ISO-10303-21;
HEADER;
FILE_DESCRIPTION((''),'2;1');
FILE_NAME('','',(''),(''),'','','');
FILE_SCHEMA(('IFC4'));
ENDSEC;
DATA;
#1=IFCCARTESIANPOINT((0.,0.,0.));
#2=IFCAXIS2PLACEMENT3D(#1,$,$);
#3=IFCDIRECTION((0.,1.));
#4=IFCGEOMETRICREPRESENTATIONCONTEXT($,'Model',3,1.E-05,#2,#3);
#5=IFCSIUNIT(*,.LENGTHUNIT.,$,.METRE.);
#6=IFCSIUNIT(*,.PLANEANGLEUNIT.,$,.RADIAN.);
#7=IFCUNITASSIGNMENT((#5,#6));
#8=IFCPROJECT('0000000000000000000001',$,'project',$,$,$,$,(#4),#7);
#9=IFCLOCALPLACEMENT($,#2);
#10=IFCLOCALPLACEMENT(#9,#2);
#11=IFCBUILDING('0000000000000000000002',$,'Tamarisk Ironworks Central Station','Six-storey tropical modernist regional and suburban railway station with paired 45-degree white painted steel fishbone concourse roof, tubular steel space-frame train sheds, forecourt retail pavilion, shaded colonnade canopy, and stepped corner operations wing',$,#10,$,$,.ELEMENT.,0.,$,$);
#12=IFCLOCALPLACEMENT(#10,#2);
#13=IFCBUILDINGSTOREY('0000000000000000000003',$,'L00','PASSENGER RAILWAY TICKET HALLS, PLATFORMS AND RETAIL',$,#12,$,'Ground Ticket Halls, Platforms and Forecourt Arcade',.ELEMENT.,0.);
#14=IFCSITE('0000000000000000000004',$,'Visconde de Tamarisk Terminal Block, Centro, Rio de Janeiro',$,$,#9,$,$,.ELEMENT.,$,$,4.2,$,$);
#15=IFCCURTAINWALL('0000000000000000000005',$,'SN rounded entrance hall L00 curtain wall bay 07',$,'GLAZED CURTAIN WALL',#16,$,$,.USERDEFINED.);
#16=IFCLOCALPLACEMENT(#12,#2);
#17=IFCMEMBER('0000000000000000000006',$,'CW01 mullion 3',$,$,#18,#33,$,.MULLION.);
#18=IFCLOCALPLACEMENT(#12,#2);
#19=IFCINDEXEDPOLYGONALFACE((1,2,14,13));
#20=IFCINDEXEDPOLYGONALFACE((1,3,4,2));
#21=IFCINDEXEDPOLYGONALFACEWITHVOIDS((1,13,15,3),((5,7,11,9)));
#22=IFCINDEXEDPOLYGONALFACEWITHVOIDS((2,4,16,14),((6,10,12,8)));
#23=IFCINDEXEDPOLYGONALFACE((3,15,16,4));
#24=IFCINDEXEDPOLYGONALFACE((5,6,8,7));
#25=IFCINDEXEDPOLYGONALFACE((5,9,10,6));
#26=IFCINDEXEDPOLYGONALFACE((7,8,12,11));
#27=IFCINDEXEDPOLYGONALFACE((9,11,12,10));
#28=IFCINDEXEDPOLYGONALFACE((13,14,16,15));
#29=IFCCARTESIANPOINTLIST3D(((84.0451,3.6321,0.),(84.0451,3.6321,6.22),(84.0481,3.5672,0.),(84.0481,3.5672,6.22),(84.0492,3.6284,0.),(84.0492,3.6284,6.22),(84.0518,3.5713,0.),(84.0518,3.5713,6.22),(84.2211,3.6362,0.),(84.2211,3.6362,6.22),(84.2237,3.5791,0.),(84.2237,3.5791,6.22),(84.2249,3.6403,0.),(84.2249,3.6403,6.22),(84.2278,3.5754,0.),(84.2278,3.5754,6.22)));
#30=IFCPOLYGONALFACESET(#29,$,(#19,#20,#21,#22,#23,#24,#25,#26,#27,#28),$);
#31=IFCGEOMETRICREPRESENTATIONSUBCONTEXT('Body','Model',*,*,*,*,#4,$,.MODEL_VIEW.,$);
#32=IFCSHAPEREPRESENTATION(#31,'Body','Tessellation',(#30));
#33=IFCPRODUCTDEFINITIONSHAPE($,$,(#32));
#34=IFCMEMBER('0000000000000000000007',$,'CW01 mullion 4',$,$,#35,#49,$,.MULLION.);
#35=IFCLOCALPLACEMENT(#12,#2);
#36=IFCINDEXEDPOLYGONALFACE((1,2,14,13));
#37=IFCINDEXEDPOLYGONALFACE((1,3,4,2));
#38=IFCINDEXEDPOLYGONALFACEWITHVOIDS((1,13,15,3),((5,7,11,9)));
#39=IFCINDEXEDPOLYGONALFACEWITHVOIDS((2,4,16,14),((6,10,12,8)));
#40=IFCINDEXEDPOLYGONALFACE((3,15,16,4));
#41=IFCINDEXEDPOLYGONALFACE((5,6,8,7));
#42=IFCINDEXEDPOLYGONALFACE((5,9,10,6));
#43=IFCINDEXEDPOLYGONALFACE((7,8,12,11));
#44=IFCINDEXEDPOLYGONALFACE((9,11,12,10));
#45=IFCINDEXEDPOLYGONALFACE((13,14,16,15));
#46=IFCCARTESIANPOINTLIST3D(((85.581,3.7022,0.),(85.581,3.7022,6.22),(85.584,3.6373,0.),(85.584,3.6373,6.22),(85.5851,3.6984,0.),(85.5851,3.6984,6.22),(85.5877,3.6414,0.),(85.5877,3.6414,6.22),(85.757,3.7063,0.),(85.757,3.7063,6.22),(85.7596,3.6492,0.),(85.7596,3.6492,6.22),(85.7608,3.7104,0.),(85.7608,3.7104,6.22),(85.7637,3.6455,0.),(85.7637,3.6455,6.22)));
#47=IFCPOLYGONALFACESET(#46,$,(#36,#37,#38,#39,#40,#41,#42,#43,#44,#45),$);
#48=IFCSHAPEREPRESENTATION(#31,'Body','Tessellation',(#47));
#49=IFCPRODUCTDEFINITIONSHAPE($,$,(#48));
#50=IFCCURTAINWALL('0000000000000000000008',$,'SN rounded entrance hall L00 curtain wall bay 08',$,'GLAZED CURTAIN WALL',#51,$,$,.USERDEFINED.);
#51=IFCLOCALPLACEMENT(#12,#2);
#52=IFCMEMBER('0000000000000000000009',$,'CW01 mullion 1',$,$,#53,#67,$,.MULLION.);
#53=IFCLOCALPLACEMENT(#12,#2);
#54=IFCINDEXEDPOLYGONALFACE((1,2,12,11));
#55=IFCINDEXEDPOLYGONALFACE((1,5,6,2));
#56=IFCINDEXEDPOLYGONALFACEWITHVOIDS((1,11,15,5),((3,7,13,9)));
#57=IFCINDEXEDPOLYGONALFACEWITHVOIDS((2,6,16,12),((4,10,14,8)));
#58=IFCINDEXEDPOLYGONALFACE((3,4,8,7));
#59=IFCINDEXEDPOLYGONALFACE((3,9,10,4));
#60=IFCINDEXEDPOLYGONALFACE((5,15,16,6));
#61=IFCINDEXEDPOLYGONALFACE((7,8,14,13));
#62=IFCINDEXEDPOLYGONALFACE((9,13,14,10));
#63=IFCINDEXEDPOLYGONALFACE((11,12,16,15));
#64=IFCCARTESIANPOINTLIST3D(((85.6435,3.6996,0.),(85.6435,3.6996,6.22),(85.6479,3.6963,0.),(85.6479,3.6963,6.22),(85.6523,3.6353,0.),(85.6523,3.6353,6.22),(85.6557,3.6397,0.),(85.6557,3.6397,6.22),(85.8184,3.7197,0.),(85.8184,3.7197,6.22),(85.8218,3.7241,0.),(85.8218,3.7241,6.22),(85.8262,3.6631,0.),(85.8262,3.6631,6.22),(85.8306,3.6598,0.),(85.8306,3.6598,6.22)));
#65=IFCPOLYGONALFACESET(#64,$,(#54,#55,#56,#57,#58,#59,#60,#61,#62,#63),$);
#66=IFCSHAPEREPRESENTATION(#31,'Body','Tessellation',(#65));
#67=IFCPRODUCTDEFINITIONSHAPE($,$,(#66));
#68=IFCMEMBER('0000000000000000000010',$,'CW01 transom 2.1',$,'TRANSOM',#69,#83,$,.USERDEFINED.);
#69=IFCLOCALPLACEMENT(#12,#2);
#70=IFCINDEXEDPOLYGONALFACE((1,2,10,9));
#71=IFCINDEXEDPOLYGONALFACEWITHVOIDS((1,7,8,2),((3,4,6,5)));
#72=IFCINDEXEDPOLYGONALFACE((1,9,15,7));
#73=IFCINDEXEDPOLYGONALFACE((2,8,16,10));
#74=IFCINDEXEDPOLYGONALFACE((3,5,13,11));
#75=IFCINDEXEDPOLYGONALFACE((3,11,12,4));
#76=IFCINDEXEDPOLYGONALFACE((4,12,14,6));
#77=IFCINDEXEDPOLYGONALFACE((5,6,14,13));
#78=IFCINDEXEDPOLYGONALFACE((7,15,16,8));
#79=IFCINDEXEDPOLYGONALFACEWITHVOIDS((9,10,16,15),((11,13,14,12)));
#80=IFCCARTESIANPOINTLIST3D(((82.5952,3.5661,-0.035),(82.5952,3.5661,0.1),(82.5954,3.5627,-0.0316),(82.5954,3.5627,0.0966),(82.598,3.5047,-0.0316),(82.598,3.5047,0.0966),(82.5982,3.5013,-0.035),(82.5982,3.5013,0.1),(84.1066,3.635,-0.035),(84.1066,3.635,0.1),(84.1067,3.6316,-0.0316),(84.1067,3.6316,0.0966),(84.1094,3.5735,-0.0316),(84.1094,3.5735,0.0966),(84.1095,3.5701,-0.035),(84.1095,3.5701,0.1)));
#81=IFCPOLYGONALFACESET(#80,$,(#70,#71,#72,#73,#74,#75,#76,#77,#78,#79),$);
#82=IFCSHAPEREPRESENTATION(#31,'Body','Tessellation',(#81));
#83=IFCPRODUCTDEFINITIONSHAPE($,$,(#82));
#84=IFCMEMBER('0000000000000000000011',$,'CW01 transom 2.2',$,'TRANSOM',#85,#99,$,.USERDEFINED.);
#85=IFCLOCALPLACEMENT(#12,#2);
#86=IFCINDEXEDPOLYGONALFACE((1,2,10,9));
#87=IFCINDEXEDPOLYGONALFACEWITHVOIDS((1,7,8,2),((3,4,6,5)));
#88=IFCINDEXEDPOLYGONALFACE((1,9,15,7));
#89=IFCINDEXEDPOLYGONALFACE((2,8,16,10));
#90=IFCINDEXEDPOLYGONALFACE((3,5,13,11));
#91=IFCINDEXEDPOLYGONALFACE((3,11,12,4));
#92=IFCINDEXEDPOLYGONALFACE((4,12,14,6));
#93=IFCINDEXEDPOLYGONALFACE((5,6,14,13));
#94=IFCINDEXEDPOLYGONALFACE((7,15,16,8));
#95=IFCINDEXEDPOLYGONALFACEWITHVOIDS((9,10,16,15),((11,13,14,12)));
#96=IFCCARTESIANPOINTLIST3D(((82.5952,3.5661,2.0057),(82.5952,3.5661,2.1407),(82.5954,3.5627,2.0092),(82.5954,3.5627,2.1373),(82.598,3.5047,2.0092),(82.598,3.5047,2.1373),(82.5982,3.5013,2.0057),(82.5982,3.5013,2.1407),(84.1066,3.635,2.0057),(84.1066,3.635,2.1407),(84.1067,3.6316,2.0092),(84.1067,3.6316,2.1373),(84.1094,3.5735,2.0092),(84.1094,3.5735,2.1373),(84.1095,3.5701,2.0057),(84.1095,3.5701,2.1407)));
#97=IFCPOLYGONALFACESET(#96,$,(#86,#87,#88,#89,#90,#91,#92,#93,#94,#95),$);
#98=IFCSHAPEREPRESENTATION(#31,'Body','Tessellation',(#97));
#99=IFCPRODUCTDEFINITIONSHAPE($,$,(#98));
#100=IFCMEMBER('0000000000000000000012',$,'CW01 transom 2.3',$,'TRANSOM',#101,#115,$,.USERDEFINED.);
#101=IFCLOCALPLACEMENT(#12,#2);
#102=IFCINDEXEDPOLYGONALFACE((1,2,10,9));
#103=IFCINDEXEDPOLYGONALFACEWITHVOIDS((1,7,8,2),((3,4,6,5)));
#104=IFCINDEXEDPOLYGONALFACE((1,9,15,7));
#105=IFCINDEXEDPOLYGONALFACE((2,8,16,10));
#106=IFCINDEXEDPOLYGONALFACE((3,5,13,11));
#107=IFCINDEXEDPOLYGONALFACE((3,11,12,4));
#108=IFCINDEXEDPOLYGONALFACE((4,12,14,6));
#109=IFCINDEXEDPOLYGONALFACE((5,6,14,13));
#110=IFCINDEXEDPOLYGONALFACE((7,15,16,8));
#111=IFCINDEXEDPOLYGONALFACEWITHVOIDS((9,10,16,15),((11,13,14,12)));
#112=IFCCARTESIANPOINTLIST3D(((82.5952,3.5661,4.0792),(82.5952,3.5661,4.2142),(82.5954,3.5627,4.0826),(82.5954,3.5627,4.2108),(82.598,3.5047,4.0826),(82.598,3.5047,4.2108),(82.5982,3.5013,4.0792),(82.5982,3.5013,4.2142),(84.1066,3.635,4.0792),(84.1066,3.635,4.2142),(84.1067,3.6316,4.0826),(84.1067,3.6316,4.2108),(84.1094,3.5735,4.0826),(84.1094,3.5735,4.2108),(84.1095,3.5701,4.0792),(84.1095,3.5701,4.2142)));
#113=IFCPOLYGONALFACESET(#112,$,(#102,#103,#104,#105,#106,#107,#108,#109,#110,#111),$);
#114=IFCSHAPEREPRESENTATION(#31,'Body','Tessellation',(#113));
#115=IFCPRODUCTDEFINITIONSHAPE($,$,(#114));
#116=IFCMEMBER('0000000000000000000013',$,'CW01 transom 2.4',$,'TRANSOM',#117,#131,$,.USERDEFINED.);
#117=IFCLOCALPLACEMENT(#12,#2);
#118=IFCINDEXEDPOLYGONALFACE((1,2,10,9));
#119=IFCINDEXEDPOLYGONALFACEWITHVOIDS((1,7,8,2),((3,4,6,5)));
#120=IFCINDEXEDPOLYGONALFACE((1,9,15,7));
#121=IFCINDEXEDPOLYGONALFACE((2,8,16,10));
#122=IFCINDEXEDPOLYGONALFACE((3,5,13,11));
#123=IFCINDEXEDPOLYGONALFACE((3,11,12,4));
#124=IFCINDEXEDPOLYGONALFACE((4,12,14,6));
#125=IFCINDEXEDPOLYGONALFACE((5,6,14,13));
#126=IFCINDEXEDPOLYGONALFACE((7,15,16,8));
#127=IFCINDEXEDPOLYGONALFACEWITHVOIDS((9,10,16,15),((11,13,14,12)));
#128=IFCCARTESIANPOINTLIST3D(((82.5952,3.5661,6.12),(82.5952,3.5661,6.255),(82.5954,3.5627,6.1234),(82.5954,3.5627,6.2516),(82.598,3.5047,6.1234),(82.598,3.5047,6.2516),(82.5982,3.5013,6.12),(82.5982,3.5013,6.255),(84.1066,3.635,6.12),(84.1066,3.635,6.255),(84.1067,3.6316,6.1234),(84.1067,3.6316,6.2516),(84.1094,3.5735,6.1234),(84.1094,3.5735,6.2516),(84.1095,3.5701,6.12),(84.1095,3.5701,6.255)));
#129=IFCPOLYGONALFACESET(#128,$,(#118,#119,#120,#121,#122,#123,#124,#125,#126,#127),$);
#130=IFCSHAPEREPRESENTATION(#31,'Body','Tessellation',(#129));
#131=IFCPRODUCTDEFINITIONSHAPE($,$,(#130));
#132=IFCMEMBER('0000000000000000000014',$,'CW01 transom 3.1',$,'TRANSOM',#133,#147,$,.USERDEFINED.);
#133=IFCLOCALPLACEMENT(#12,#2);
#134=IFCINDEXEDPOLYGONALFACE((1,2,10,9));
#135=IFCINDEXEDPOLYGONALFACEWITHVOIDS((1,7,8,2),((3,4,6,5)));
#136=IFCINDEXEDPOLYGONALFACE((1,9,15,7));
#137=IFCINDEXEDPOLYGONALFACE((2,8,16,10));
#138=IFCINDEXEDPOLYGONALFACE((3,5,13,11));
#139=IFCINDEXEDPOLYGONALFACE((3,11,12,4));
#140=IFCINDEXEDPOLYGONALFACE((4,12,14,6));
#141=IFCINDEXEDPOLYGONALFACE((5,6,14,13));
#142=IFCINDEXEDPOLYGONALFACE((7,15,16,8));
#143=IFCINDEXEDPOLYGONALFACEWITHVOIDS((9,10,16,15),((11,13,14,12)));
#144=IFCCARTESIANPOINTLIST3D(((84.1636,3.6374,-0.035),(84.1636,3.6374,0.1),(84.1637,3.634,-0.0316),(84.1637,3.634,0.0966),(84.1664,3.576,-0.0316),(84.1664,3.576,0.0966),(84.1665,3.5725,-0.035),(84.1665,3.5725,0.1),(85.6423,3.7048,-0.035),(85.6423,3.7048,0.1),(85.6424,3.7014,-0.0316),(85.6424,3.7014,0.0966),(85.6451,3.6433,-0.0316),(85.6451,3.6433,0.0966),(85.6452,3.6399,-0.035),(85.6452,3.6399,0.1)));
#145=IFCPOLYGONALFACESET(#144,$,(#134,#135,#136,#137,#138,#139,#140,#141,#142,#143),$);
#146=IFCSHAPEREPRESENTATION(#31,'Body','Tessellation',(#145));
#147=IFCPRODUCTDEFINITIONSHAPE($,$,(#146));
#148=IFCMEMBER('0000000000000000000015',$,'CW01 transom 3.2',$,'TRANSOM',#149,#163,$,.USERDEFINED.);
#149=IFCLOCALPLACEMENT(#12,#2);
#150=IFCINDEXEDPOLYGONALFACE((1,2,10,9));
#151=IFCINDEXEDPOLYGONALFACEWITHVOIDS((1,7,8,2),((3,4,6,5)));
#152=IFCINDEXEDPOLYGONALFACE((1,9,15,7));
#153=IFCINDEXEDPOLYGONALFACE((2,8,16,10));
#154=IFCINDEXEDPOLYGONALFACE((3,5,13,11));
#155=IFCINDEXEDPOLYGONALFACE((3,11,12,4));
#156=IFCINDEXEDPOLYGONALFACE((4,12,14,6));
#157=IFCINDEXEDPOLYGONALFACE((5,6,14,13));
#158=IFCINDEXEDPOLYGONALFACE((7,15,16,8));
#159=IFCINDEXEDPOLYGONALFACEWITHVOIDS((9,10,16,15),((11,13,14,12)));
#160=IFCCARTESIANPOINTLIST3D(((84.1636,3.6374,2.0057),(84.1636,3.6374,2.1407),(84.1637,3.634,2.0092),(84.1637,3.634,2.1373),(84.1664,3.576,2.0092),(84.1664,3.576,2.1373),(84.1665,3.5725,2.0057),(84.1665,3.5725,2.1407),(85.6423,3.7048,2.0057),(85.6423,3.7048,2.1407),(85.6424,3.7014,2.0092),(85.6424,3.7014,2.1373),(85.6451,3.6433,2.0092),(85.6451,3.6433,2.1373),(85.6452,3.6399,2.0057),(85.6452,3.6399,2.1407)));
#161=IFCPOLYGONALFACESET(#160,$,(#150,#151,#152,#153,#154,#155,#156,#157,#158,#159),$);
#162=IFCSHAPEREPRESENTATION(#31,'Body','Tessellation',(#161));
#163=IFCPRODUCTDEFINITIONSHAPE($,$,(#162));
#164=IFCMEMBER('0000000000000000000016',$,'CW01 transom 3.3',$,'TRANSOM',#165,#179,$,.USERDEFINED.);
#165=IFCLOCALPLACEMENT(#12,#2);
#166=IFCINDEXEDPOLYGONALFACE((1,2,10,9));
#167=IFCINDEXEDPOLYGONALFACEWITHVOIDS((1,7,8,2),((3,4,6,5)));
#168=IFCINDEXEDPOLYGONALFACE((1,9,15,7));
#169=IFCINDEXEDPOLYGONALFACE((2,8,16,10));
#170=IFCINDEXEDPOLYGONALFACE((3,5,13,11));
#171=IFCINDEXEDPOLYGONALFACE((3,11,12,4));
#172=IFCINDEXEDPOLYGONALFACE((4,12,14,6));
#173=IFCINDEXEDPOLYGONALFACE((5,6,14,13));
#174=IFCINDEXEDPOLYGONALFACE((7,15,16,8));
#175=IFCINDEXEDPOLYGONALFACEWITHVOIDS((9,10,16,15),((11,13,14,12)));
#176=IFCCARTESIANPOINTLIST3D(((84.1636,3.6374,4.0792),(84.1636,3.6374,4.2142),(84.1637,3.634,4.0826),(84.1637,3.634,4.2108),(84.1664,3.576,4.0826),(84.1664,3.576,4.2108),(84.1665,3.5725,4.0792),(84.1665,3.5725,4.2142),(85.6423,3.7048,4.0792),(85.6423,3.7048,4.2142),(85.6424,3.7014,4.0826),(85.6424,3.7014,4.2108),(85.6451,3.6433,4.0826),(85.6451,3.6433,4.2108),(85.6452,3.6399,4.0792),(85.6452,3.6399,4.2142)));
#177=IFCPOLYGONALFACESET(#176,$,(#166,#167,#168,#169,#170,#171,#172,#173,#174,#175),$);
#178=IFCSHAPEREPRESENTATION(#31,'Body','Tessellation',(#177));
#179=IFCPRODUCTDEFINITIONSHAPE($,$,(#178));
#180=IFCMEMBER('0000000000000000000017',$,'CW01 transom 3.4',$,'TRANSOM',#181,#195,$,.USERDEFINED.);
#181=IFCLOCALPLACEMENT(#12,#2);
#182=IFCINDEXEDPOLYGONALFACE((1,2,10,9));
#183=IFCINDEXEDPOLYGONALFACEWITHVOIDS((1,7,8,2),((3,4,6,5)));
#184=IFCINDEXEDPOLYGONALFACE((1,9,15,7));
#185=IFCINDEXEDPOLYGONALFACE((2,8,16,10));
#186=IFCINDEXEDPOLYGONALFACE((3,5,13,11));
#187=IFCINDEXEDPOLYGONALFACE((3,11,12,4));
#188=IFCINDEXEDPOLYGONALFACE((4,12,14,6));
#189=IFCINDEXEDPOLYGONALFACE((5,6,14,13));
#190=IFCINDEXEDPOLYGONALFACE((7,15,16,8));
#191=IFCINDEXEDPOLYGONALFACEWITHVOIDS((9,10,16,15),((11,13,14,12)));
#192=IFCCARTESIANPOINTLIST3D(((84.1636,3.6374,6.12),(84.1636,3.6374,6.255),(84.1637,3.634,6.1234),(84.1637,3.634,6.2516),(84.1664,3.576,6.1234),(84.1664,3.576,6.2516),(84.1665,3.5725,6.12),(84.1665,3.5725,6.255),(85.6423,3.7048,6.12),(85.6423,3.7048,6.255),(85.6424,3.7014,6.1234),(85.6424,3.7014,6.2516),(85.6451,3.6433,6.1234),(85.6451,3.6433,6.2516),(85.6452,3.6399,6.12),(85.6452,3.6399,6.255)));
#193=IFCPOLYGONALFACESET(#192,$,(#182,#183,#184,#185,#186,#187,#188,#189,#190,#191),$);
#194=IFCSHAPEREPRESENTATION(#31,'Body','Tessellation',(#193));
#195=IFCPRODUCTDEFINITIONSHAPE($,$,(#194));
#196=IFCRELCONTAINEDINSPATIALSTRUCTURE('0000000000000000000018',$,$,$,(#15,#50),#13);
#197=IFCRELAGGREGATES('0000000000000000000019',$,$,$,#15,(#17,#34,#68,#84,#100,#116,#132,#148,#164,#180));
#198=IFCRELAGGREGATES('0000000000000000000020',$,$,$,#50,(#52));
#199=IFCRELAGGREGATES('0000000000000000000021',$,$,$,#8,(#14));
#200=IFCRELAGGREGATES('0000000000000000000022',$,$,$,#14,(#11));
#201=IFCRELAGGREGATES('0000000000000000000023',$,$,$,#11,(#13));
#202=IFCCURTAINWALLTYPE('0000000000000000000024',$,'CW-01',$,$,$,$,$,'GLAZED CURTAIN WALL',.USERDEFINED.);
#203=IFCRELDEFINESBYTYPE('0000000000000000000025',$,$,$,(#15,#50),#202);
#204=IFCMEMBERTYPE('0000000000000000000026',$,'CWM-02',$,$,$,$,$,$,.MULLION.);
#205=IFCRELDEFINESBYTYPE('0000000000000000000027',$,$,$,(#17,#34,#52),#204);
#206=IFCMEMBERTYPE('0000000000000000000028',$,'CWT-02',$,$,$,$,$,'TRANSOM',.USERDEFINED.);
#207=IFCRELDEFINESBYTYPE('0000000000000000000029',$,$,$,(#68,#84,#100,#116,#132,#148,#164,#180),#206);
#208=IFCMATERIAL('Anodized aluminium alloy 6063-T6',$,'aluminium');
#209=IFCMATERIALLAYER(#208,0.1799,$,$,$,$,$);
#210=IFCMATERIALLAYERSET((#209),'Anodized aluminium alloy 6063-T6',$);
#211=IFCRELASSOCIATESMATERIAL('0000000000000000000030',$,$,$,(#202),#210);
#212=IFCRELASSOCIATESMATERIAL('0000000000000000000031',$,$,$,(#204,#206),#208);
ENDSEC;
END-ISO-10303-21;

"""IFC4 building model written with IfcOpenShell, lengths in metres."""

from ifc_helpers import new_model, si_unit, direction, frame, origin, origin_2d, place, context, subcontext, project, spatial, hollow_rectangle, extrude, material, layer, layer_set, material_profile, profile_set, type_object, element, aggregate, save


model = new_model("IFC4")

# Units and contexts
model_context = context("Model", 3, precision=1e-05, world=origin(), true_north=direction((0.0, 1.0)))
body_context = subcontext(model_context, "Body", "Model", "MODEL_VIEW")
ifc_project = project(units=[si_unit("LENGTHUNIT", "METRE"), si_unit("PLANEANGLEUNIT", "RADIAN")], contexts=[model_context])

# Site, building, storey
site_placement = place(None, origin())
site = spatial("IfcSite", under=ifc_project, at=site_placement, Name="Visconde de Tamarisk Terminal Block, Centro, Rio de Janeiro", CompositionType="ELEMENT", RefElevation=4.2)
building_placement = place(site_placement, origin())
building = spatial("IfcBuilding", under=site, at=building_placement, Name="Tamarisk Ironworks Central Station", Description="Six-storey tropical modernist regional and suburban railway station with paired 45-degree white painted steel fishbone concourse roof, tubular steel space-frame train sheds, forecourt retail pavilion, shaded colonnade canopy, and stepped corner operations wing", CompositionType="ELEMENT", ElevationOfRefHeight=0.0)
storey_placement = place(building_placement, origin())
storey = spatial("IfcBuildingStorey", under=building, at=storey_placement, Name="L00", Description="PASSENGER RAILWAY TICKET HALLS, PLATFORMS AND RETAIL", LongName="Ground Ticket Halls, Platforms and Forecourt Arcade", CompositionType="ELEMENT", Elevation=0.0)

# Curtain wall, members
ifc_material_1 = material(Name="Anodized aluminium alloy 6063-T6", Category="aluminium")
ifc_layer_1 = layer(ifc_material_1, 0.1799)
ifc_layer_set_1 = layer_set([ifc_layer_1], Name="Anodized aluminium alloy 6063-T6")
curtain_wall_type = type_object("IfcCurtainWallType", Name="CW-01", ElementType="GLAZED CURTAIN WALL", PredefinedType="USERDEFINED", material=ifc_layer_set_1)
curtain_wall_1_placement = place(storey_placement, origin())
curtain_wall_1 = element("IfcCurtainWall", 1, at=curtain_wall_1_placement, inside=storey, type_object=curtain_wall_type, Name="SN rounded entrance hall L00 curtain wall bay 07", ObjectType="GLAZED CURTAIN WALL", PredefinedType="USERDEFINED")
ifc_material_profile_1 = material_profile(ifc_material_1, hollow_rectangle(XDim=0.0649, YDim=0.1799, WallThickness=0.0039, at=origin_2d()), Name="ALUM 180x65")
ifc_profile_set_1 = profile_set([ifc_material_profile_1], Name="Anodized aluminium alloy 6063-T6")
member_type_1 = type_object("IfcMemberType", Name="CWM-02", PredefinedType="MULLION", material=ifc_profile_set_1)
member_1_placement = place(storey_placement, frame((84.1365, 3.6038, 0.0), z_axis=(0.0, 0.0, 1.0), x_axis=(-0.045481, 0.998965, 0.0)))
member_1 = element("IfcMember", 2, at=member_1_placement, type_object=member_type_1, Name="CW01 mullion 3", PredefinedType="MULLION", context=body_context, shape_type="SweptSolid", body=[
    extrude(hollow_rectangle(XDim=0.0649, YDim=0.1799, WallThickness=0.0039, at=origin_2d()), origin(), (0.0, 0.0, 1.0), 6.22),
])
member_2_placement = place(storey_placement, frame((85.6724, 3.6738, 0.0), z_axis=(0.0, 0.0, 1.0), x_axis=(-0.045481, 0.998965, 0.0)))
member_2 = element("IfcMember", 3, at=member_2_placement, type_object=member_type_1, Name="CW01 mullion 4", PredefinedType="MULLION", context=body_context, shape_type="SweptSolid", body=[
    extrude(hollow_rectangle(XDim=0.0649, YDim=0.1799, WallThickness=0.0039, at=origin_2d()), origin(), (0.0, 0.0, 1.0), 6.22),
])

# Curtain wall, member
curtain_wall_2_placement = place(storey_placement, origin())
curtain_wall_2 = element("IfcCurtainWall", 4, at=curtain_wall_2_placement, inside=storey, type_object=curtain_wall_type, Name="SN rounded entrance hall L00 curtain wall bay 08", ObjectType="GLAZED CURTAIN WALL", PredefinedType="USERDEFINED")
member_3_placement = place(storey_placement, frame((85.7371, 3.6797, 0.0), z_axis=(0.0, 0.0, 1.0), x_axis=(-0.136042, 0.990703, 0.0)))
member_3 = element("IfcMember", 5, at=member_3_placement, type_object=member_type_1, Name="CW01 mullion 1", PredefinedType="MULLION", context=body_context, shape_type="SweptSolid", body=[
    extrude(hollow_rectangle(XDim=0.0649, YDim=0.1799, WallThickness=0.0039, at=origin_2d()), origin(), (0.0, 0.0, 1.0), 6.22),
])

# Members
ifc_material_profile_2 = material_profile(ifc_material_1, hollow_rectangle(XDim=0.0649, YDim=0.135, WallThickness=0.0034, at=origin_2d()), Name="ALUM 135x65")
ifc_profile_set_2 = profile_set([ifc_material_profile_2], Name="Anodized aluminium alloy 6063-T6")
member_type_2 = type_object("IfcMemberType", Name="CWT-02", ElementType="TRANSOM", PredefinedType="USERDEFINED", material=ifc_profile_set_2)
member_4_placement = place(storey_placement, frame((82.5967, 3.5337, 0.0325), z_axis=(0.998964, 0.045503, 0.0), x_axis=(-0.045503, 0.998964, 0.0)))
member_4 = element("IfcMember", 6, at=member_4_placement, type_object=member_type_2, Name="CW01 transom 2.1", ObjectType="TRANSOM", PredefinedType="USERDEFINED", context=body_context, shape_type="SweptSolid", body=[
    extrude(hollow_rectangle(XDim=0.0649, YDim=0.135, WallThickness=0.0034, at=origin_2d()), origin(), (0.0, 0.0, 1.0), 1.5129),
])
member_5_placement = place(storey_placement, frame((82.5967, 3.5337, 2.0732), z_axis=(0.998964, 0.045503, 0.0), x_axis=(-0.045503, 0.998964, 0.0)))
member_5 = element("IfcMember", 7, at=member_5_placement, type_object=member_type_2, Name="CW01 transom 2.2", ObjectType="TRANSOM", PredefinedType="USERDEFINED", context=body_context, shape_type="SweptSolid", body=[
    extrude(hollow_rectangle(XDim=0.0649, YDim=0.135, WallThickness=0.0034, at=origin_2d()), origin(), (0.0, 0.0, 1.0), 1.5129),
])
member_6_placement = place(storey_placement, frame((82.5967, 3.5337, 4.1467), z_axis=(0.998964, 0.045503, 0.0), x_axis=(-0.045503, 0.998964, 0.0)))
member_6 = element("IfcMember", 8, at=member_6_placement, type_object=member_type_2, Name="CW01 transom 2.3", ObjectType="TRANSOM", PredefinedType="USERDEFINED", context=body_context, shape_type="SweptSolid", body=[
    extrude(hollow_rectangle(XDim=0.0649, YDim=0.135, WallThickness=0.0034, at=origin_2d()), origin(), (0.0, 0.0, 1.0), 1.5129),
])
member_7_placement = place(storey_placement, frame((82.5967, 3.5337, 6.1875), z_axis=(0.998964, 0.045503, 0.0), x_axis=(-0.045503, 0.998964, 0.0)))
member_7 = element("IfcMember", 9, at=member_7_placement, type_object=member_type_2, Name="CW01 transom 2.4", ObjectType="TRANSOM", PredefinedType="USERDEFINED", context=body_context, shape_type="SweptSolid", body=[
    extrude(hollow_rectangle(XDim=0.0649, YDim=0.135, WallThickness=0.0034, at=origin_2d()), origin(), (0.0, 0.0, 1.0), 1.5129),
])
member_8_placement = place(storey_placement, frame((84.165, 3.605, 0.0325), z_axis=(0.998963, 0.04552, 0.0), x_axis=(-0.04552, 0.998963, 0.0)))
member_8 = element("IfcMember", 10, at=member_8_placement, type_object=member_type_2, Name="CW01 transom 3.1", ObjectType="TRANSOM", PredefinedType="USERDEFINED", context=body_context, shape_type="SweptSolid", body=[
    extrude(hollow_rectangle(XDim=0.0649, YDim=0.135, WallThickness=0.0034, at=origin_2d()), origin(), (0.0, 0.0, 1.0), 1.4802),
])
member_9_placement = place(storey_placement, frame((84.165, 3.605, 2.0732), z_axis=(0.998963, 0.04552, 0.0), x_axis=(-0.04552, 0.998963, 0.0)))
member_9 = element("IfcMember", 11, at=member_9_placement, type_object=member_type_2, Name="CW01 transom 3.2", ObjectType="TRANSOM", PredefinedType="USERDEFINED", context=body_context, shape_type="SweptSolid", body=[
    extrude(hollow_rectangle(XDim=0.0649, YDim=0.135, WallThickness=0.0034, at=origin_2d()), origin(), (0.0, 0.0, 1.0), 1.4802),
])
member_10_placement = place(storey_placement, frame((84.165, 3.605, 4.1467), z_axis=(0.998963, 0.04552, 0.0), x_axis=(-0.04552, 0.998963, 0.0)))
member_10 = element("IfcMember", 12, at=member_10_placement, type_object=member_type_2, Name="CW01 transom 3.3", ObjectType="TRANSOM", PredefinedType="USERDEFINED", context=body_context, shape_type="SweptSolid", body=[
    extrude(hollow_rectangle(XDim=0.0649, YDim=0.135, WallThickness=0.0034, at=origin_2d()), origin(), (0.0, 0.0, 1.0), 1.4802),
])
member_11_placement = place(storey_placement, frame((84.165, 3.605, 6.1875), z_axis=(0.998963, 0.04552, 0.0), x_axis=(-0.04552, 0.998963, 0.0)))
member_11 = element("IfcMember", 13, at=member_11_placement, type_object=member_type_2, Name="CW01 transom 3.4", ObjectType="TRANSOM", PredefinedType="USERDEFINED", context=body_context, shape_type="SweptSolid", body=[
    extrude(hollow_rectangle(XDim=0.0649, YDim=0.135, WallThickness=0.0034, at=origin_2d()), origin(), (0.0, 0.0, 1.0), 1.4802),
])

aggregate(curtain_wall_1, [member_1, member_2, member_4, member_5, member_6, member_7, member_8, member_9, member_10, member_11])
aggregate(curtain_wall_2, [member_3])

save(model, "model.ifc")
